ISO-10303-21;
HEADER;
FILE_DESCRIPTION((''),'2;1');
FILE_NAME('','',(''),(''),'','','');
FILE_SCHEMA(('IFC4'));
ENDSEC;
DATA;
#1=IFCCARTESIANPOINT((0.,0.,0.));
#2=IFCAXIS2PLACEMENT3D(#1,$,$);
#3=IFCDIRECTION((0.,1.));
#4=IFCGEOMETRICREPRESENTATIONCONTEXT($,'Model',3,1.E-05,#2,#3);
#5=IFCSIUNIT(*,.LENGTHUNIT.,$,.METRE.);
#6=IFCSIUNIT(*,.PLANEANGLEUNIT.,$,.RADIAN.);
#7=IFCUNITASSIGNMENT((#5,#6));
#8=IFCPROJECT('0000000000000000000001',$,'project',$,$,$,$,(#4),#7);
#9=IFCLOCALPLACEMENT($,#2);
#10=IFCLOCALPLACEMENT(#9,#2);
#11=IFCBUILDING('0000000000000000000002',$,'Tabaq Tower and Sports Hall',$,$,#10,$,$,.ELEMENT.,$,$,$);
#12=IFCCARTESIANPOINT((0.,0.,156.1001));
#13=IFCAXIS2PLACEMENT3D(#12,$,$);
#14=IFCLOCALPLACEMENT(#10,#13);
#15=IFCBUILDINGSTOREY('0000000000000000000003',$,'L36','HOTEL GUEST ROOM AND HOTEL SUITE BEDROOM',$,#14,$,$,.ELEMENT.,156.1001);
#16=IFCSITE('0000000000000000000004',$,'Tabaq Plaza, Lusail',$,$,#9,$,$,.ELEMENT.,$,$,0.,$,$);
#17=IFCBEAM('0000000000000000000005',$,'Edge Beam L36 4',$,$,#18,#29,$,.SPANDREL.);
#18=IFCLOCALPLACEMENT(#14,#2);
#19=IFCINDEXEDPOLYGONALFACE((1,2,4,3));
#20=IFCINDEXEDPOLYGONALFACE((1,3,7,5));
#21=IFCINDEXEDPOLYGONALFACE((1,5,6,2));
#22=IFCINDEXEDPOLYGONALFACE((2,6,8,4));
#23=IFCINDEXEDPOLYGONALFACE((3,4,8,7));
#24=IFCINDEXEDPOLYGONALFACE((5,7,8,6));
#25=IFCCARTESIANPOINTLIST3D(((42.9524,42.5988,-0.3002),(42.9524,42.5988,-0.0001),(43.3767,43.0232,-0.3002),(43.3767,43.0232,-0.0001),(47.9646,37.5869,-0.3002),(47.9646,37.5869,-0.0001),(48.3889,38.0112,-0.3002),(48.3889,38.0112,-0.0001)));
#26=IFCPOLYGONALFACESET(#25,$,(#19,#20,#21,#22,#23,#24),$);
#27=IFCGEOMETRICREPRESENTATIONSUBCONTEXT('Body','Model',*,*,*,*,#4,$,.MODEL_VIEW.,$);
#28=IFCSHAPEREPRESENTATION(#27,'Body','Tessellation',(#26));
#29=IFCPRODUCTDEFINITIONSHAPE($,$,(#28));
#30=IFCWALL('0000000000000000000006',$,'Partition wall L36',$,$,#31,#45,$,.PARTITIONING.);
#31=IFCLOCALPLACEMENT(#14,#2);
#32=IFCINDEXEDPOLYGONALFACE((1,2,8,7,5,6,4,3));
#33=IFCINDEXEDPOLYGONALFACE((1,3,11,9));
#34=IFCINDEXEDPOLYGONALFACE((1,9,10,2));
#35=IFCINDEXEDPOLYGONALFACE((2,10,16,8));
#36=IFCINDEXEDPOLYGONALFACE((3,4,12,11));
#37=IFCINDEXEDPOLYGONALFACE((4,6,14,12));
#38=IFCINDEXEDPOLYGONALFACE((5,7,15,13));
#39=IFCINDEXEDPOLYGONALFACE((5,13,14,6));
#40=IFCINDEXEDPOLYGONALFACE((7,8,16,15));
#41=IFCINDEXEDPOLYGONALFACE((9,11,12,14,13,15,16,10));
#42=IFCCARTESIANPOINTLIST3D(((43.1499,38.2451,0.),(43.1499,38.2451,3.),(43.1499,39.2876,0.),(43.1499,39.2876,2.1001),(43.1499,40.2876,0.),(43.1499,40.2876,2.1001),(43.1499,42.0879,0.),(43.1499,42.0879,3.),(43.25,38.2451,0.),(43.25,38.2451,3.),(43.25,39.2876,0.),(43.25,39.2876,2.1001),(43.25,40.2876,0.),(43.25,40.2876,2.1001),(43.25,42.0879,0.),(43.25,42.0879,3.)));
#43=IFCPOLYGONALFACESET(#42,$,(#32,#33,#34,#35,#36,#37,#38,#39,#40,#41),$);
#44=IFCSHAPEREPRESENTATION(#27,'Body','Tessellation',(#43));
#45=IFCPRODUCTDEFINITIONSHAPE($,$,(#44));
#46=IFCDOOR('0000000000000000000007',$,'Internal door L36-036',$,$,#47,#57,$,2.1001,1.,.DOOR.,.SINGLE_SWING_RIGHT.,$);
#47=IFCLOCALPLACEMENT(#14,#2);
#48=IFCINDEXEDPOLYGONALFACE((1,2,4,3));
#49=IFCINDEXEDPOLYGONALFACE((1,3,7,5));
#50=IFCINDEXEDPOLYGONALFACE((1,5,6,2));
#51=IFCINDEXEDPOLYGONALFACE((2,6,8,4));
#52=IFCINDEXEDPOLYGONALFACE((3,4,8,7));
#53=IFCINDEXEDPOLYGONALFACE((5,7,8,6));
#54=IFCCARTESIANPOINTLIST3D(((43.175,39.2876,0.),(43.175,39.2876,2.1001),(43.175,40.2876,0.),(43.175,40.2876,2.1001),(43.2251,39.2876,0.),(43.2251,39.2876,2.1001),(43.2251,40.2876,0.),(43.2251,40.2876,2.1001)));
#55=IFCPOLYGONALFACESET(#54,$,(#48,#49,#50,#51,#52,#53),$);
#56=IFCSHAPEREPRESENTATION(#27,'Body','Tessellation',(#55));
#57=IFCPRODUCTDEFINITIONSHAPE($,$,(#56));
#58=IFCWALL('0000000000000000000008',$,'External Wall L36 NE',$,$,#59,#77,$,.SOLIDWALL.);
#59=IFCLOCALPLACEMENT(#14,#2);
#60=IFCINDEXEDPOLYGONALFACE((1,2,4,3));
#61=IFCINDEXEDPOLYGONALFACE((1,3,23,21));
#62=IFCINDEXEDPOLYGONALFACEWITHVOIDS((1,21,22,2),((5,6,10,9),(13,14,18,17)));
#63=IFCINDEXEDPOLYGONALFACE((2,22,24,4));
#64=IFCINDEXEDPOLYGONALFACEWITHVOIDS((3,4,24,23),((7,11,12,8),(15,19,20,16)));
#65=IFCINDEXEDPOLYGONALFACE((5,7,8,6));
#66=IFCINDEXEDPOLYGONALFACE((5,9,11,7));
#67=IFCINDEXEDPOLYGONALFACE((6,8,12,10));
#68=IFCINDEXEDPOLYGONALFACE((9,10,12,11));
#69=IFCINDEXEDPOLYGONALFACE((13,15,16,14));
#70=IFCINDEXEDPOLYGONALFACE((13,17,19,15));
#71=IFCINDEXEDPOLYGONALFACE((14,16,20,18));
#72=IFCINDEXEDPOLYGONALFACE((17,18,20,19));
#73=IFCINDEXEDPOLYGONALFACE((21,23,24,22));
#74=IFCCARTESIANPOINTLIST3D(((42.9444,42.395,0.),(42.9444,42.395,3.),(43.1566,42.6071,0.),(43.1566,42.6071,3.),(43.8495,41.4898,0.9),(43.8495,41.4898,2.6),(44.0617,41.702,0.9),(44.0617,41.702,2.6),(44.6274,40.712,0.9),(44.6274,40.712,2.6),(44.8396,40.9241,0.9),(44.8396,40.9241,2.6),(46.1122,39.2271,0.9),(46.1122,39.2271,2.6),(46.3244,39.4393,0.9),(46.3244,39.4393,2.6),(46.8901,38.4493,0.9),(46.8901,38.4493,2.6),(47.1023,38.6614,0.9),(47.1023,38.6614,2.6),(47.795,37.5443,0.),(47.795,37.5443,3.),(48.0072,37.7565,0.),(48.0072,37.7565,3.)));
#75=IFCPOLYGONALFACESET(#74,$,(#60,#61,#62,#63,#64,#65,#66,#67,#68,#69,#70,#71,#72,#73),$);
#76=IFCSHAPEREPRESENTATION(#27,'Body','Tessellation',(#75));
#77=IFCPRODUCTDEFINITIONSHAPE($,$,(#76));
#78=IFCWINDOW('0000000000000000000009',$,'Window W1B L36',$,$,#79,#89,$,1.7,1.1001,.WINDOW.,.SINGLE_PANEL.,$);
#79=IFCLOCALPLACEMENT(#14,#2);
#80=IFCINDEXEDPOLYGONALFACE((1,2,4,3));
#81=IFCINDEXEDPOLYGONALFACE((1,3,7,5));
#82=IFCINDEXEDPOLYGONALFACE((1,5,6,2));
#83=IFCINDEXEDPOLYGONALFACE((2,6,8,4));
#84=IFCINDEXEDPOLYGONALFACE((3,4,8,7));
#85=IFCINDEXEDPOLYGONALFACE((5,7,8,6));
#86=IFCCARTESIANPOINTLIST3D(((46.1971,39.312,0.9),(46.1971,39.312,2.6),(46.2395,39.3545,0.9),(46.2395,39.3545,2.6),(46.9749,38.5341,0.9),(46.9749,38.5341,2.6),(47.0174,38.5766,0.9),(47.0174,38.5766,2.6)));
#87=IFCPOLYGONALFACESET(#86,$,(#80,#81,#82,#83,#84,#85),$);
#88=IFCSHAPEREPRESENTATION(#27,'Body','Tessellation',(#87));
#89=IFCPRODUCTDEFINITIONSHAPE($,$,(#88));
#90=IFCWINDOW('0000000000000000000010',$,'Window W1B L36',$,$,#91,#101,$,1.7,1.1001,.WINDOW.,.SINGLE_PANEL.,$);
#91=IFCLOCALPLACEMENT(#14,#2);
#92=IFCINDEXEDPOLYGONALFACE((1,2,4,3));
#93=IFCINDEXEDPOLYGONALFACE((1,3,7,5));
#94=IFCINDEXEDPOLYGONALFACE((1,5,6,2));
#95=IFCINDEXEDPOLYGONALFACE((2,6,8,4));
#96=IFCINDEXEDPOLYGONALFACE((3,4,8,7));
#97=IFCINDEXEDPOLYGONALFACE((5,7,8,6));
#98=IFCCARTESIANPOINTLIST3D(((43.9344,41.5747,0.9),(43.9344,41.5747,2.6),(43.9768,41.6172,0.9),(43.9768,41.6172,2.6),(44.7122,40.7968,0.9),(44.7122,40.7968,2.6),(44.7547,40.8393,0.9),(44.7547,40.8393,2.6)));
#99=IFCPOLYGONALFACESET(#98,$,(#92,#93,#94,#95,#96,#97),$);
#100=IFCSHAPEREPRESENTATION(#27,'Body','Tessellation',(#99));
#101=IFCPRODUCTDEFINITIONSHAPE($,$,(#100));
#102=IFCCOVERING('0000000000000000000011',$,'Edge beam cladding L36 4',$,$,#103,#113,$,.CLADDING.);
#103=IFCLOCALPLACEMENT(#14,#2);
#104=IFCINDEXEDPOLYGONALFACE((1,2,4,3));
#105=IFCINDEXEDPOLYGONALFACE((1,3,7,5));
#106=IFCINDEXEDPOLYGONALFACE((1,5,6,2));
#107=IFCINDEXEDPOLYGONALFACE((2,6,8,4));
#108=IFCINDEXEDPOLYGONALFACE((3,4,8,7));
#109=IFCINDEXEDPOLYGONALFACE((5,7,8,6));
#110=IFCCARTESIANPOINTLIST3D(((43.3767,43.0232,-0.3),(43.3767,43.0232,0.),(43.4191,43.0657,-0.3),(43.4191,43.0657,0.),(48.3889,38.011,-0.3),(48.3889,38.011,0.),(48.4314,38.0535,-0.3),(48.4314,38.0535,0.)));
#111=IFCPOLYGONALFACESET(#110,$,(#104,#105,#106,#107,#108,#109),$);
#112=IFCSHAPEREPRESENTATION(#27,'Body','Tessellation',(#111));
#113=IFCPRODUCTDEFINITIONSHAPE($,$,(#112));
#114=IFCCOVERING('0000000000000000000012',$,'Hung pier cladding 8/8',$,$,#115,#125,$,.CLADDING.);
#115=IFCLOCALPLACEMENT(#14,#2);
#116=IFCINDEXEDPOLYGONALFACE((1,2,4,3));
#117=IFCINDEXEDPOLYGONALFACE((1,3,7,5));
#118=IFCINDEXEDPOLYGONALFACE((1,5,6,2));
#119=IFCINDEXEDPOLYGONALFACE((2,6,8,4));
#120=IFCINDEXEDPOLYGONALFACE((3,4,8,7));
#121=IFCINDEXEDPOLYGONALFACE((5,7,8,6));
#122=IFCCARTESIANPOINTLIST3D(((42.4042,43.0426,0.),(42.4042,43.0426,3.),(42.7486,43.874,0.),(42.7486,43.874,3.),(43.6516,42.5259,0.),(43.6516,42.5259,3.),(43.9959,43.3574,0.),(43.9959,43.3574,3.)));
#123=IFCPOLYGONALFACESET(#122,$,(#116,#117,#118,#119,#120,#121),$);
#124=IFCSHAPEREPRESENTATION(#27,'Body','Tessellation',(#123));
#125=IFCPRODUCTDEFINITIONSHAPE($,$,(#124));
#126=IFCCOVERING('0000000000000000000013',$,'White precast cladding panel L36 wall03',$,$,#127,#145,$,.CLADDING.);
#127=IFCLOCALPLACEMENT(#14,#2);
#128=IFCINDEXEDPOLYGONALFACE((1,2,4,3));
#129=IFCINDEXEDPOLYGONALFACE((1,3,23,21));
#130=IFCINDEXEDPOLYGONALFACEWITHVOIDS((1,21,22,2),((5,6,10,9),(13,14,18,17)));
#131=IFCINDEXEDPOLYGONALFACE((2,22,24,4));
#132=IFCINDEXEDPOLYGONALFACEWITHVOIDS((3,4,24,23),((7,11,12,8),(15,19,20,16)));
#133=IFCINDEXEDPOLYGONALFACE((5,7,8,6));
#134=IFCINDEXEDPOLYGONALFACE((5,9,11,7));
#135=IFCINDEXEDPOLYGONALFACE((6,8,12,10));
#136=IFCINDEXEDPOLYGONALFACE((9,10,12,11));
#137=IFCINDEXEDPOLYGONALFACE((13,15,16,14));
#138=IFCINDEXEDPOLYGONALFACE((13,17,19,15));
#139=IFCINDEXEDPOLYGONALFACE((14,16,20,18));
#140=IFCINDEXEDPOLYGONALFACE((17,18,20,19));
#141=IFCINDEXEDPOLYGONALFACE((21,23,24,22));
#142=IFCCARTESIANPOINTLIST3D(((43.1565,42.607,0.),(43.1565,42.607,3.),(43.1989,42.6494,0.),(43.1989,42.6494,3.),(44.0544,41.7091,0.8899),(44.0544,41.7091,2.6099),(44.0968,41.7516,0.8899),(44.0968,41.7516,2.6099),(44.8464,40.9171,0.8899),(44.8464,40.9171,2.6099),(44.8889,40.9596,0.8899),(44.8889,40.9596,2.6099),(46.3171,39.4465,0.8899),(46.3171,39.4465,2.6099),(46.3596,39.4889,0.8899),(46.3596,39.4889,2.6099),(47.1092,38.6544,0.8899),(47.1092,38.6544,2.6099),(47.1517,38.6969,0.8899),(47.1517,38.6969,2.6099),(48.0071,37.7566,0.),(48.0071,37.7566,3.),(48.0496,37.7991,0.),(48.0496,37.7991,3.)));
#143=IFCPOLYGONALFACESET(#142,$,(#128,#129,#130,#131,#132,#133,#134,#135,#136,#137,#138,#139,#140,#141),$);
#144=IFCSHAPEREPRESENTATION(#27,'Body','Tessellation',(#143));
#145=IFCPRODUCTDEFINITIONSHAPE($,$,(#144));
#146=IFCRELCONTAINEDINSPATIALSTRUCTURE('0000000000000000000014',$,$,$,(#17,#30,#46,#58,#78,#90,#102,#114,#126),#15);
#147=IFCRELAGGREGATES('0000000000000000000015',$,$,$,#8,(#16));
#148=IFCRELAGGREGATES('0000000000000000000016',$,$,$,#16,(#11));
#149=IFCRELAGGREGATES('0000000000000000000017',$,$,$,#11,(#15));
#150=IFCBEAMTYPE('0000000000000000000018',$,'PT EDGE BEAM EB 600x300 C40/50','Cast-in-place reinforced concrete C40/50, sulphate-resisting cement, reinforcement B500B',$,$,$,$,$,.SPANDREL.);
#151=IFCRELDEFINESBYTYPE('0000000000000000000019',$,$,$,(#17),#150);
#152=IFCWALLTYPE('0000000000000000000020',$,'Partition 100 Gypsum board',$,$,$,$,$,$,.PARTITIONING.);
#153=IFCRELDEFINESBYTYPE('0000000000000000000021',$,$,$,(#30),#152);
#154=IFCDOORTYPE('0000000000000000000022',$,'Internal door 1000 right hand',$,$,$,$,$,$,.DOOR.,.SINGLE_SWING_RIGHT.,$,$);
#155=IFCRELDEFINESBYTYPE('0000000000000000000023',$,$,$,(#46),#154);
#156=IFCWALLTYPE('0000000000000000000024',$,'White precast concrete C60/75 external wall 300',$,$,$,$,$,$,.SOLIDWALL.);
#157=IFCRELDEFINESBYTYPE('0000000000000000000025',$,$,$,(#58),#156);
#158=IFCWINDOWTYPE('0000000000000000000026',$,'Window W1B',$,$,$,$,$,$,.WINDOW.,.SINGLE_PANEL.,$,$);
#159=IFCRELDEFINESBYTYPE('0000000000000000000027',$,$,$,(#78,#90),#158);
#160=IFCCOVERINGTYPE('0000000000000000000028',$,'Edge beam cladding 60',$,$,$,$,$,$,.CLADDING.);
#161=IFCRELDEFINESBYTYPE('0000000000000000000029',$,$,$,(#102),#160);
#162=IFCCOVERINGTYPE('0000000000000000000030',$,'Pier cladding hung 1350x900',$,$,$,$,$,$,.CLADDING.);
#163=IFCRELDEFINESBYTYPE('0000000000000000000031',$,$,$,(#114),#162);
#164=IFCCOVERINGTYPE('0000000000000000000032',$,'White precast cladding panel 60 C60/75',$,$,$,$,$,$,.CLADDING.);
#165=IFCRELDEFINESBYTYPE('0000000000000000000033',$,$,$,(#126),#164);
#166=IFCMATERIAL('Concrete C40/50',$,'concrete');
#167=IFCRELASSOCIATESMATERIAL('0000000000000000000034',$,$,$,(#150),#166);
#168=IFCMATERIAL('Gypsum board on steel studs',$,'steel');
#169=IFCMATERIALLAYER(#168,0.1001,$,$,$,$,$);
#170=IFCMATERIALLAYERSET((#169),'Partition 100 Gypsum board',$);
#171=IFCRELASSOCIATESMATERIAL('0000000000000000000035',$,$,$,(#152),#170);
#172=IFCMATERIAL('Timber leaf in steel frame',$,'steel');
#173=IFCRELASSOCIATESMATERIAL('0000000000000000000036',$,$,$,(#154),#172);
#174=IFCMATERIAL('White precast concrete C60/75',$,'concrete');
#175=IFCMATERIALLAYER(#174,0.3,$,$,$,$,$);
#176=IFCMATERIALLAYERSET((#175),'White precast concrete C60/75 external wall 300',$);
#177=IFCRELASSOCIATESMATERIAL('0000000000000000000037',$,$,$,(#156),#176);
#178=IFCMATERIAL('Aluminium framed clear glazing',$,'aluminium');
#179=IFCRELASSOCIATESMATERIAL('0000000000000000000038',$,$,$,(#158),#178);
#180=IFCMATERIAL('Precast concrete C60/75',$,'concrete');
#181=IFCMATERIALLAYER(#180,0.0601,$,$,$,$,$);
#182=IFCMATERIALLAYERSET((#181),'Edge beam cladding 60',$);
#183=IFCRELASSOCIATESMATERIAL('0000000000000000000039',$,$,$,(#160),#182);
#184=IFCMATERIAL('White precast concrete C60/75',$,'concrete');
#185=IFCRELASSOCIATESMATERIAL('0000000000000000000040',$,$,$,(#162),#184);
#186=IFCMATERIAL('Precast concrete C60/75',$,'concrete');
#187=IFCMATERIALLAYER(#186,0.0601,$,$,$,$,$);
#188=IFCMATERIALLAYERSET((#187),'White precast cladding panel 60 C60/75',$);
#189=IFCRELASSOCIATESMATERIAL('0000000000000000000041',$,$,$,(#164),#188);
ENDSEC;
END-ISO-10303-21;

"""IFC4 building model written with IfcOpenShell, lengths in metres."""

from ifc_helpers import new_model, si_unit, direction, frame, frame_2d, origin, origin_2d, place, context, subcontext, project, spatial, polyline, rectangle, outline, extrude, material, layer, layer_set, material_profile, profile_set, type_object, element, fill, save


model = new_model("IFC4")

# Units and contexts
model_context = context("Model", 3, precision=1e-05, world=origin(), true_north=direction((0.0, 1.0)))
body_context = subcontext(model_context, "Body", "Model", "MODEL_VIEW")
ifc_project = project(units=[si_unit("LENGTHUNIT", "METRE"), si_unit("PLANEANGLEUNIT", "RADIAN")], contexts=[model_context])

# Site, building, storey
site_placement = place(None, origin())
site = spatial("IfcSite", under=ifc_project, at=site_placement, Name="Tabaq Plaza, Lusail", CompositionType="ELEMENT", RefElevation=0.0)
building_placement = place(site_placement, origin())
building = spatial("IfcBuilding", under=site, at=building_placement, Name="Tabaq Tower and Sports Hall", CompositionType="ELEMENT")
storey_placement = place(building_placement, frame((0.0, 0.0, 156.1001)))
storey = spatial("IfcBuildingStorey", under=building, at=storey_placement, Name="L36", Description="HOTEL GUEST ROOM AND HOTEL SUITE BEDROOM", CompositionType="ELEMENT", Elevation=156.1001)

# Beam
ifc_material_1 = material(Name="Concrete C40/50", Category="concrete")
ifc_material_profile = material_profile(ifc_material_1, rectangle(XDim=0.6001, YDim=0.3, at=origin_2d()), Name="EB 600x300")
ifc_profile_set = profile_set([ifc_material_profile], Name="Concrete C40/50")
beam_type = type_object("IfcBeamType", Name="PT EDGE BEAM EB 600x300 C40/50", Description="Cast-in-place reinforced concrete C40/50, sulphate-resisting cement, reinforcement B500B", PredefinedType="SPANDREL", material=ifc_profile_set)
beam_placement = place(storey_placement, frame((48.1768, 37.7991, -0.1501), z_axis=(-0.707124, 0.70709, 0.0), x_axis=(-0.70709, -0.707124, 0.0)))
element("IfcBeam", 1, at=beam_placement, inside=storey, type_object=beam_type, Name="Edge Beam L36 4", PredefinedType="SPANDREL", context=body_context, shape_type="SweptSolid", body=[
    extrude(rectangle(XDim=0.6001, YDim=0.3, at=origin_2d()), origin(), (0.0, 0.0, 1.0), 7.0881),
])

# Wall, opening, door
ifc_material_2 = material(Name="Gypsum board on steel studs", Category="steel")
ifc_layer_1 = layer(ifc_material_2, 0.1001)
ifc_layer_set_1 = layer_set([ifc_layer_1], Name="Partition 100 Gypsum board")
wall_type_1 = type_object("IfcWallType", Name="Partition 100 Gypsum board", PredefinedType="PARTITIONING", material=ifc_layer_set_1)
wall_1_placement = place(storey_placement, frame((43.2, 38.2451, 0.0), z_axis=(0.0, 0.0, 1.0), x_axis=(0.0, 1.0, 0.0)))
wall_1 = element("IfcWall", 2, at=wall_1_placement, inside=storey, type_object=wall_type_1, Name="Partition wall L36", PredefinedType="PARTITIONING", context=body_context, shape_type="SweptSolid", body=[
    extrude(rectangle(XDim=3.8428, YDim=0.1001, at=frame_2d((1.9214, 0.0))), origin(), (0.0, 0.0, 1.0), 3.0),
])
opening_1_placement = place(wall_1_placement, frame((1.0425, 0.0, 0.0)))
opening_1 = element("IfcOpeningElement", 3, at=opening_1_placement, cuts=wall_1, PredefinedType="OPENING", context=body_context, shape_type="SweptSolid", body=[
    extrude(rectangle(XDim=1.0, YDim=2.1001, at=frame_2d((0.5, 1.05))), frame((0.0, 0.05, 0.0), z_axis=(0.0, -1.0, 0.0), x_axis=(1.0, 0.0, 0.0)), (0.0, 0.0, 1.0), 0.1001),
])
ifc_material_3 = material(Name="Timber leaf in steel frame", Category="steel")
door_type = type_object("IfcDoorType", Name="Internal door 1000 right hand", OperationType="SINGLE_SWING_RIGHT", PredefinedType="DOOR", material=ifc_material_3)
door_placement = place(opening_1_placement, origin())
door = element("IfcDoor", 4, at=door_placement, inside=storey, type_object=door_type, Name="Internal door L36-036", OperationType="SINGLE_SWING_RIGHT", OverallHeight=2.1001, OverallWidth=1.0, PredefinedType="DOOR", context=body_context, shape_type="SweptSolid", body=[
    extrude(rectangle(XDim=1.0, YDim=2.1001, at=frame_2d((0.5, 1.05))), frame((0.0, 0.0249, 0.0), z_axis=(0.0, -1.0, 0.0), x_axis=(1.0, 0.0, 0.0)), (0.0, 0.0, 1.0), 0.05),
])
fill(opening_1, door)

# Wall, openings, windows
ifc_material_4 = material(Name="White precast concrete C60/75", Category="concrete")
ifc_layer_2 = layer(ifc_material_4, 0.3)
ifc_layer_set_2 = layer_set([ifc_layer_2], Name="White precast concrete C60/75 external wall 300")
wall_type_2 = type_object("IfcWallType", Name="White precast concrete C60/75 external wall 300", PredefinedType="SOLIDWALL", material=ifc_layer_set_2)
wall_2_placement = place(storey_placement, frame((47.9011, 37.6504, 0.0), z_axis=(0.0, 0.0, 1.0), x_axis=(-0.707107, 0.707107, 0.0)))
wall_2 = element("IfcWall", 5, at=wall_2_placement, inside=storey, type_object=wall_type_2, Name="External Wall L36 NE", PredefinedType="SOLIDWALL", context=body_context, shape_type="SweptSolid", body=[
    extrude(rectangle(XDim=6.8599, YDim=0.3, at=frame_2d((3.4299, 0.0))), origin(), (0.0, 0.0, 1.0), 3.0),
])
opening_2_placement = place(wall_2_placement, frame((1.2798, 0.0, 0.8999)))
opening_2 = element("IfcOpeningElement", 6, at=opening_2_placement, cuts=wall_2, PredefinedType="OPENING", context=body_context, shape_type="SweptSolid", body=[
    extrude(rectangle(XDim=1.1001, YDim=1.7, at=frame_2d((0.55, 0.8501))), frame((0.0, 0.1602, 0.0), z_axis=(0.0, -1.0, 0.0), x_axis=(1.0, 0.0, 0.0)), (0.0, 0.0, 1.0), 0.3201),
])
opening_3_placement = place(wall_2_placement, frame((4.4797, 0.0, 0.8999)))
opening_3 = element("IfcOpeningElement", 7, at=opening_3_placement, cuts=wall_2, PredefinedType="OPENING", context=body_context, shape_type="SweptSolid", body=[
    extrude(rectangle(XDim=1.1001, YDim=1.7, at=frame_2d((0.55, 0.8501))), frame((0.0, 0.1602, 0.0), z_axis=(0.0, -1.0, 0.0), x_axis=(1.0, 0.0, 0.0)), (0.0, 0.0, 1.0), 0.3201),
])
ifc_material_5 = material(Name="Aluminium framed clear glazing", Category="aluminium")
window_type = type_object("IfcWindowType", Name="Window W1B", PartitioningType="SINGLE_PANEL", PredefinedType="WINDOW", material=ifc_material_5)
window_1_placement = place(opening_2_placement, origin())
window_1 = element("IfcWindow", 8, at=window_1_placement, inside=storey, type_object=window_type, Name="Window W1B L36", OverallHeight=1.7, OverallWidth=1.1001, PartitioningType="SINGLE_PANEL", PredefinedType="WINDOW", context=body_context, shape_type="SweptSolid", body=[
    extrude(rectangle(XDim=1.1001, YDim=1.7, at=frame_2d((0.55, 0.8501))), frame((0.0, 0.03, 0.0), z_axis=(0.0, -1.0, 0.0), x_axis=(1.0, 0.0, 0.0)), (0.0, 0.0, 1.0), 0.0601),
])
fill(opening_2, window_1)
window_2_placement = place(opening_3_placement, origin())
window_2 = element("IfcWindow", 9, at=window_2_placement, inside=storey, type_object=window_type, Name="Window W1B L36", OverallHeight=1.7, OverallWidth=1.1001, PartitioningType="SINGLE_PANEL", PredefinedType="WINDOW", context=body_context, shape_type="SweptSolid", body=[
    extrude(rectangle(XDim=1.1001, YDim=1.7, at=frame_2d((0.55, 0.8501))), frame((0.0, 0.03, 0.0), z_axis=(0.0, -1.0, 0.0), x_axis=(1.0, 0.0, 0.0)), (0.0, 0.0, 1.0), 0.0601),
])
fill(opening_3, window_2)

# Coverings
ifc_material_6 = material(Name="Precast concrete C60/75", Category="concrete")
ifc_layer_3 = layer(ifc_material_6, 0.0601)
ifc_layer_set_3 = layer_set([ifc_layer_3], Name="Edge beam cladding 60")
covering_type_1 = type_object("IfcCoveringType", Name="Edge beam cladding 60", PredefinedType="CLADDING", material=ifc_layer_set_3)
covering_1_placement = place(storey_placement, frame((48.4102, 38.0322, -0.3), z_axis=(0.0, 0.0, 1.0), x_axis=(-0.707107, 0.707107, 0.0)))
element("IfcCovering", 10, at=covering_1_placement, inside=storey, type_object=covering_type_1, Name="Edge beam cladding L36 4", PredefinedType="CLADDING", context=body_context, shape_type="SweptSolid", body=[
    extrude(rectangle(XDim=7.0884, YDim=0.0601, at=frame_2d((3.5442, 0.0))), origin(), (0.0, 0.0, 1.0), 0.3),
])
ifc_material_7 = material(Name="White precast concrete C60/75", Category="concrete")
covering_type_2 = type_object("IfcCoveringType", Name="Pier cladding hung 1350x900", PredefinedType="CLADDING", material=ifc_material_7)
covering_2_placement = place(storey_placement, frame((43.8237, 42.9417, 0.0), z_axis=(0.0, 0.0, 1.0), x_axis=(-0.923893, 0.38265, 0.0)))
element("IfcCovering", 11, at=covering_2_placement, inside=storey, type_object=covering_type_2, Name="Hung pier cladding 8/8", PredefinedType="CLADDING", context=body_context, shape_type="SweptSolid", body=[
    extrude(rectangle(XDim=1.3501, YDim=0.8999, at=frame_2d((0.675, 0.0))), origin(), (0.0, 0.0, 1.0), 3.0),
])
ifc_material_8 = material(Name="Precast concrete C60/75", Category="concrete")
ifc_layer_4 = layer(ifc_material_8, 0.0601)
ifc_layer_set_4 = layer_set([ifc_layer_4], Name="White precast cladding panel 60 C60/75")
covering_type_3 = type_object("IfcCoveringType", Name="White precast cladding panel 60 C60/75", PredefinedType="CLADDING", material=ifc_layer_set_4)
covering_3_placement = place(storey_placement, frame((48.0283, 37.7778, 0.0), z_axis=(0.0, 0.0, 1.0), x_axis=(-0.707125, 0.707089, 0.0)))
element("IfcCovering", 12, at=covering_3_placement, inside=storey, type_object=covering_type_3, Name="White precast cladding panel L36 wall03", PredefinedType="CLADDING", context=body_context, shape_type="SweptSolid", body=[
    extrude(outline(polyline([(0.0, 0.0), (6.8596, 0.0), (6.8596, 3.0), (0.0, 3.0), (0.0, 0.0)]), holes=[polyline([(1.2698, 2.6099), (2.3899, 2.6099), (2.3899, 0.8899), (1.2698, 0.8899), (1.2698, 2.6099)]), polyline([(4.4697, 2.6099), (5.5898, 2.6099), (5.5898, 0.8899), (4.4697, 0.8899), (4.4697, 2.6099)])]), frame((0.0, 0.03, 0.0), z_axis=(0.0, -1.0, 0.0), x_axis=(1.0, 0.0, 0.0)), (0.0, 0.0, 1.0), 0.0601),
])

save(model, "model.ifc")
